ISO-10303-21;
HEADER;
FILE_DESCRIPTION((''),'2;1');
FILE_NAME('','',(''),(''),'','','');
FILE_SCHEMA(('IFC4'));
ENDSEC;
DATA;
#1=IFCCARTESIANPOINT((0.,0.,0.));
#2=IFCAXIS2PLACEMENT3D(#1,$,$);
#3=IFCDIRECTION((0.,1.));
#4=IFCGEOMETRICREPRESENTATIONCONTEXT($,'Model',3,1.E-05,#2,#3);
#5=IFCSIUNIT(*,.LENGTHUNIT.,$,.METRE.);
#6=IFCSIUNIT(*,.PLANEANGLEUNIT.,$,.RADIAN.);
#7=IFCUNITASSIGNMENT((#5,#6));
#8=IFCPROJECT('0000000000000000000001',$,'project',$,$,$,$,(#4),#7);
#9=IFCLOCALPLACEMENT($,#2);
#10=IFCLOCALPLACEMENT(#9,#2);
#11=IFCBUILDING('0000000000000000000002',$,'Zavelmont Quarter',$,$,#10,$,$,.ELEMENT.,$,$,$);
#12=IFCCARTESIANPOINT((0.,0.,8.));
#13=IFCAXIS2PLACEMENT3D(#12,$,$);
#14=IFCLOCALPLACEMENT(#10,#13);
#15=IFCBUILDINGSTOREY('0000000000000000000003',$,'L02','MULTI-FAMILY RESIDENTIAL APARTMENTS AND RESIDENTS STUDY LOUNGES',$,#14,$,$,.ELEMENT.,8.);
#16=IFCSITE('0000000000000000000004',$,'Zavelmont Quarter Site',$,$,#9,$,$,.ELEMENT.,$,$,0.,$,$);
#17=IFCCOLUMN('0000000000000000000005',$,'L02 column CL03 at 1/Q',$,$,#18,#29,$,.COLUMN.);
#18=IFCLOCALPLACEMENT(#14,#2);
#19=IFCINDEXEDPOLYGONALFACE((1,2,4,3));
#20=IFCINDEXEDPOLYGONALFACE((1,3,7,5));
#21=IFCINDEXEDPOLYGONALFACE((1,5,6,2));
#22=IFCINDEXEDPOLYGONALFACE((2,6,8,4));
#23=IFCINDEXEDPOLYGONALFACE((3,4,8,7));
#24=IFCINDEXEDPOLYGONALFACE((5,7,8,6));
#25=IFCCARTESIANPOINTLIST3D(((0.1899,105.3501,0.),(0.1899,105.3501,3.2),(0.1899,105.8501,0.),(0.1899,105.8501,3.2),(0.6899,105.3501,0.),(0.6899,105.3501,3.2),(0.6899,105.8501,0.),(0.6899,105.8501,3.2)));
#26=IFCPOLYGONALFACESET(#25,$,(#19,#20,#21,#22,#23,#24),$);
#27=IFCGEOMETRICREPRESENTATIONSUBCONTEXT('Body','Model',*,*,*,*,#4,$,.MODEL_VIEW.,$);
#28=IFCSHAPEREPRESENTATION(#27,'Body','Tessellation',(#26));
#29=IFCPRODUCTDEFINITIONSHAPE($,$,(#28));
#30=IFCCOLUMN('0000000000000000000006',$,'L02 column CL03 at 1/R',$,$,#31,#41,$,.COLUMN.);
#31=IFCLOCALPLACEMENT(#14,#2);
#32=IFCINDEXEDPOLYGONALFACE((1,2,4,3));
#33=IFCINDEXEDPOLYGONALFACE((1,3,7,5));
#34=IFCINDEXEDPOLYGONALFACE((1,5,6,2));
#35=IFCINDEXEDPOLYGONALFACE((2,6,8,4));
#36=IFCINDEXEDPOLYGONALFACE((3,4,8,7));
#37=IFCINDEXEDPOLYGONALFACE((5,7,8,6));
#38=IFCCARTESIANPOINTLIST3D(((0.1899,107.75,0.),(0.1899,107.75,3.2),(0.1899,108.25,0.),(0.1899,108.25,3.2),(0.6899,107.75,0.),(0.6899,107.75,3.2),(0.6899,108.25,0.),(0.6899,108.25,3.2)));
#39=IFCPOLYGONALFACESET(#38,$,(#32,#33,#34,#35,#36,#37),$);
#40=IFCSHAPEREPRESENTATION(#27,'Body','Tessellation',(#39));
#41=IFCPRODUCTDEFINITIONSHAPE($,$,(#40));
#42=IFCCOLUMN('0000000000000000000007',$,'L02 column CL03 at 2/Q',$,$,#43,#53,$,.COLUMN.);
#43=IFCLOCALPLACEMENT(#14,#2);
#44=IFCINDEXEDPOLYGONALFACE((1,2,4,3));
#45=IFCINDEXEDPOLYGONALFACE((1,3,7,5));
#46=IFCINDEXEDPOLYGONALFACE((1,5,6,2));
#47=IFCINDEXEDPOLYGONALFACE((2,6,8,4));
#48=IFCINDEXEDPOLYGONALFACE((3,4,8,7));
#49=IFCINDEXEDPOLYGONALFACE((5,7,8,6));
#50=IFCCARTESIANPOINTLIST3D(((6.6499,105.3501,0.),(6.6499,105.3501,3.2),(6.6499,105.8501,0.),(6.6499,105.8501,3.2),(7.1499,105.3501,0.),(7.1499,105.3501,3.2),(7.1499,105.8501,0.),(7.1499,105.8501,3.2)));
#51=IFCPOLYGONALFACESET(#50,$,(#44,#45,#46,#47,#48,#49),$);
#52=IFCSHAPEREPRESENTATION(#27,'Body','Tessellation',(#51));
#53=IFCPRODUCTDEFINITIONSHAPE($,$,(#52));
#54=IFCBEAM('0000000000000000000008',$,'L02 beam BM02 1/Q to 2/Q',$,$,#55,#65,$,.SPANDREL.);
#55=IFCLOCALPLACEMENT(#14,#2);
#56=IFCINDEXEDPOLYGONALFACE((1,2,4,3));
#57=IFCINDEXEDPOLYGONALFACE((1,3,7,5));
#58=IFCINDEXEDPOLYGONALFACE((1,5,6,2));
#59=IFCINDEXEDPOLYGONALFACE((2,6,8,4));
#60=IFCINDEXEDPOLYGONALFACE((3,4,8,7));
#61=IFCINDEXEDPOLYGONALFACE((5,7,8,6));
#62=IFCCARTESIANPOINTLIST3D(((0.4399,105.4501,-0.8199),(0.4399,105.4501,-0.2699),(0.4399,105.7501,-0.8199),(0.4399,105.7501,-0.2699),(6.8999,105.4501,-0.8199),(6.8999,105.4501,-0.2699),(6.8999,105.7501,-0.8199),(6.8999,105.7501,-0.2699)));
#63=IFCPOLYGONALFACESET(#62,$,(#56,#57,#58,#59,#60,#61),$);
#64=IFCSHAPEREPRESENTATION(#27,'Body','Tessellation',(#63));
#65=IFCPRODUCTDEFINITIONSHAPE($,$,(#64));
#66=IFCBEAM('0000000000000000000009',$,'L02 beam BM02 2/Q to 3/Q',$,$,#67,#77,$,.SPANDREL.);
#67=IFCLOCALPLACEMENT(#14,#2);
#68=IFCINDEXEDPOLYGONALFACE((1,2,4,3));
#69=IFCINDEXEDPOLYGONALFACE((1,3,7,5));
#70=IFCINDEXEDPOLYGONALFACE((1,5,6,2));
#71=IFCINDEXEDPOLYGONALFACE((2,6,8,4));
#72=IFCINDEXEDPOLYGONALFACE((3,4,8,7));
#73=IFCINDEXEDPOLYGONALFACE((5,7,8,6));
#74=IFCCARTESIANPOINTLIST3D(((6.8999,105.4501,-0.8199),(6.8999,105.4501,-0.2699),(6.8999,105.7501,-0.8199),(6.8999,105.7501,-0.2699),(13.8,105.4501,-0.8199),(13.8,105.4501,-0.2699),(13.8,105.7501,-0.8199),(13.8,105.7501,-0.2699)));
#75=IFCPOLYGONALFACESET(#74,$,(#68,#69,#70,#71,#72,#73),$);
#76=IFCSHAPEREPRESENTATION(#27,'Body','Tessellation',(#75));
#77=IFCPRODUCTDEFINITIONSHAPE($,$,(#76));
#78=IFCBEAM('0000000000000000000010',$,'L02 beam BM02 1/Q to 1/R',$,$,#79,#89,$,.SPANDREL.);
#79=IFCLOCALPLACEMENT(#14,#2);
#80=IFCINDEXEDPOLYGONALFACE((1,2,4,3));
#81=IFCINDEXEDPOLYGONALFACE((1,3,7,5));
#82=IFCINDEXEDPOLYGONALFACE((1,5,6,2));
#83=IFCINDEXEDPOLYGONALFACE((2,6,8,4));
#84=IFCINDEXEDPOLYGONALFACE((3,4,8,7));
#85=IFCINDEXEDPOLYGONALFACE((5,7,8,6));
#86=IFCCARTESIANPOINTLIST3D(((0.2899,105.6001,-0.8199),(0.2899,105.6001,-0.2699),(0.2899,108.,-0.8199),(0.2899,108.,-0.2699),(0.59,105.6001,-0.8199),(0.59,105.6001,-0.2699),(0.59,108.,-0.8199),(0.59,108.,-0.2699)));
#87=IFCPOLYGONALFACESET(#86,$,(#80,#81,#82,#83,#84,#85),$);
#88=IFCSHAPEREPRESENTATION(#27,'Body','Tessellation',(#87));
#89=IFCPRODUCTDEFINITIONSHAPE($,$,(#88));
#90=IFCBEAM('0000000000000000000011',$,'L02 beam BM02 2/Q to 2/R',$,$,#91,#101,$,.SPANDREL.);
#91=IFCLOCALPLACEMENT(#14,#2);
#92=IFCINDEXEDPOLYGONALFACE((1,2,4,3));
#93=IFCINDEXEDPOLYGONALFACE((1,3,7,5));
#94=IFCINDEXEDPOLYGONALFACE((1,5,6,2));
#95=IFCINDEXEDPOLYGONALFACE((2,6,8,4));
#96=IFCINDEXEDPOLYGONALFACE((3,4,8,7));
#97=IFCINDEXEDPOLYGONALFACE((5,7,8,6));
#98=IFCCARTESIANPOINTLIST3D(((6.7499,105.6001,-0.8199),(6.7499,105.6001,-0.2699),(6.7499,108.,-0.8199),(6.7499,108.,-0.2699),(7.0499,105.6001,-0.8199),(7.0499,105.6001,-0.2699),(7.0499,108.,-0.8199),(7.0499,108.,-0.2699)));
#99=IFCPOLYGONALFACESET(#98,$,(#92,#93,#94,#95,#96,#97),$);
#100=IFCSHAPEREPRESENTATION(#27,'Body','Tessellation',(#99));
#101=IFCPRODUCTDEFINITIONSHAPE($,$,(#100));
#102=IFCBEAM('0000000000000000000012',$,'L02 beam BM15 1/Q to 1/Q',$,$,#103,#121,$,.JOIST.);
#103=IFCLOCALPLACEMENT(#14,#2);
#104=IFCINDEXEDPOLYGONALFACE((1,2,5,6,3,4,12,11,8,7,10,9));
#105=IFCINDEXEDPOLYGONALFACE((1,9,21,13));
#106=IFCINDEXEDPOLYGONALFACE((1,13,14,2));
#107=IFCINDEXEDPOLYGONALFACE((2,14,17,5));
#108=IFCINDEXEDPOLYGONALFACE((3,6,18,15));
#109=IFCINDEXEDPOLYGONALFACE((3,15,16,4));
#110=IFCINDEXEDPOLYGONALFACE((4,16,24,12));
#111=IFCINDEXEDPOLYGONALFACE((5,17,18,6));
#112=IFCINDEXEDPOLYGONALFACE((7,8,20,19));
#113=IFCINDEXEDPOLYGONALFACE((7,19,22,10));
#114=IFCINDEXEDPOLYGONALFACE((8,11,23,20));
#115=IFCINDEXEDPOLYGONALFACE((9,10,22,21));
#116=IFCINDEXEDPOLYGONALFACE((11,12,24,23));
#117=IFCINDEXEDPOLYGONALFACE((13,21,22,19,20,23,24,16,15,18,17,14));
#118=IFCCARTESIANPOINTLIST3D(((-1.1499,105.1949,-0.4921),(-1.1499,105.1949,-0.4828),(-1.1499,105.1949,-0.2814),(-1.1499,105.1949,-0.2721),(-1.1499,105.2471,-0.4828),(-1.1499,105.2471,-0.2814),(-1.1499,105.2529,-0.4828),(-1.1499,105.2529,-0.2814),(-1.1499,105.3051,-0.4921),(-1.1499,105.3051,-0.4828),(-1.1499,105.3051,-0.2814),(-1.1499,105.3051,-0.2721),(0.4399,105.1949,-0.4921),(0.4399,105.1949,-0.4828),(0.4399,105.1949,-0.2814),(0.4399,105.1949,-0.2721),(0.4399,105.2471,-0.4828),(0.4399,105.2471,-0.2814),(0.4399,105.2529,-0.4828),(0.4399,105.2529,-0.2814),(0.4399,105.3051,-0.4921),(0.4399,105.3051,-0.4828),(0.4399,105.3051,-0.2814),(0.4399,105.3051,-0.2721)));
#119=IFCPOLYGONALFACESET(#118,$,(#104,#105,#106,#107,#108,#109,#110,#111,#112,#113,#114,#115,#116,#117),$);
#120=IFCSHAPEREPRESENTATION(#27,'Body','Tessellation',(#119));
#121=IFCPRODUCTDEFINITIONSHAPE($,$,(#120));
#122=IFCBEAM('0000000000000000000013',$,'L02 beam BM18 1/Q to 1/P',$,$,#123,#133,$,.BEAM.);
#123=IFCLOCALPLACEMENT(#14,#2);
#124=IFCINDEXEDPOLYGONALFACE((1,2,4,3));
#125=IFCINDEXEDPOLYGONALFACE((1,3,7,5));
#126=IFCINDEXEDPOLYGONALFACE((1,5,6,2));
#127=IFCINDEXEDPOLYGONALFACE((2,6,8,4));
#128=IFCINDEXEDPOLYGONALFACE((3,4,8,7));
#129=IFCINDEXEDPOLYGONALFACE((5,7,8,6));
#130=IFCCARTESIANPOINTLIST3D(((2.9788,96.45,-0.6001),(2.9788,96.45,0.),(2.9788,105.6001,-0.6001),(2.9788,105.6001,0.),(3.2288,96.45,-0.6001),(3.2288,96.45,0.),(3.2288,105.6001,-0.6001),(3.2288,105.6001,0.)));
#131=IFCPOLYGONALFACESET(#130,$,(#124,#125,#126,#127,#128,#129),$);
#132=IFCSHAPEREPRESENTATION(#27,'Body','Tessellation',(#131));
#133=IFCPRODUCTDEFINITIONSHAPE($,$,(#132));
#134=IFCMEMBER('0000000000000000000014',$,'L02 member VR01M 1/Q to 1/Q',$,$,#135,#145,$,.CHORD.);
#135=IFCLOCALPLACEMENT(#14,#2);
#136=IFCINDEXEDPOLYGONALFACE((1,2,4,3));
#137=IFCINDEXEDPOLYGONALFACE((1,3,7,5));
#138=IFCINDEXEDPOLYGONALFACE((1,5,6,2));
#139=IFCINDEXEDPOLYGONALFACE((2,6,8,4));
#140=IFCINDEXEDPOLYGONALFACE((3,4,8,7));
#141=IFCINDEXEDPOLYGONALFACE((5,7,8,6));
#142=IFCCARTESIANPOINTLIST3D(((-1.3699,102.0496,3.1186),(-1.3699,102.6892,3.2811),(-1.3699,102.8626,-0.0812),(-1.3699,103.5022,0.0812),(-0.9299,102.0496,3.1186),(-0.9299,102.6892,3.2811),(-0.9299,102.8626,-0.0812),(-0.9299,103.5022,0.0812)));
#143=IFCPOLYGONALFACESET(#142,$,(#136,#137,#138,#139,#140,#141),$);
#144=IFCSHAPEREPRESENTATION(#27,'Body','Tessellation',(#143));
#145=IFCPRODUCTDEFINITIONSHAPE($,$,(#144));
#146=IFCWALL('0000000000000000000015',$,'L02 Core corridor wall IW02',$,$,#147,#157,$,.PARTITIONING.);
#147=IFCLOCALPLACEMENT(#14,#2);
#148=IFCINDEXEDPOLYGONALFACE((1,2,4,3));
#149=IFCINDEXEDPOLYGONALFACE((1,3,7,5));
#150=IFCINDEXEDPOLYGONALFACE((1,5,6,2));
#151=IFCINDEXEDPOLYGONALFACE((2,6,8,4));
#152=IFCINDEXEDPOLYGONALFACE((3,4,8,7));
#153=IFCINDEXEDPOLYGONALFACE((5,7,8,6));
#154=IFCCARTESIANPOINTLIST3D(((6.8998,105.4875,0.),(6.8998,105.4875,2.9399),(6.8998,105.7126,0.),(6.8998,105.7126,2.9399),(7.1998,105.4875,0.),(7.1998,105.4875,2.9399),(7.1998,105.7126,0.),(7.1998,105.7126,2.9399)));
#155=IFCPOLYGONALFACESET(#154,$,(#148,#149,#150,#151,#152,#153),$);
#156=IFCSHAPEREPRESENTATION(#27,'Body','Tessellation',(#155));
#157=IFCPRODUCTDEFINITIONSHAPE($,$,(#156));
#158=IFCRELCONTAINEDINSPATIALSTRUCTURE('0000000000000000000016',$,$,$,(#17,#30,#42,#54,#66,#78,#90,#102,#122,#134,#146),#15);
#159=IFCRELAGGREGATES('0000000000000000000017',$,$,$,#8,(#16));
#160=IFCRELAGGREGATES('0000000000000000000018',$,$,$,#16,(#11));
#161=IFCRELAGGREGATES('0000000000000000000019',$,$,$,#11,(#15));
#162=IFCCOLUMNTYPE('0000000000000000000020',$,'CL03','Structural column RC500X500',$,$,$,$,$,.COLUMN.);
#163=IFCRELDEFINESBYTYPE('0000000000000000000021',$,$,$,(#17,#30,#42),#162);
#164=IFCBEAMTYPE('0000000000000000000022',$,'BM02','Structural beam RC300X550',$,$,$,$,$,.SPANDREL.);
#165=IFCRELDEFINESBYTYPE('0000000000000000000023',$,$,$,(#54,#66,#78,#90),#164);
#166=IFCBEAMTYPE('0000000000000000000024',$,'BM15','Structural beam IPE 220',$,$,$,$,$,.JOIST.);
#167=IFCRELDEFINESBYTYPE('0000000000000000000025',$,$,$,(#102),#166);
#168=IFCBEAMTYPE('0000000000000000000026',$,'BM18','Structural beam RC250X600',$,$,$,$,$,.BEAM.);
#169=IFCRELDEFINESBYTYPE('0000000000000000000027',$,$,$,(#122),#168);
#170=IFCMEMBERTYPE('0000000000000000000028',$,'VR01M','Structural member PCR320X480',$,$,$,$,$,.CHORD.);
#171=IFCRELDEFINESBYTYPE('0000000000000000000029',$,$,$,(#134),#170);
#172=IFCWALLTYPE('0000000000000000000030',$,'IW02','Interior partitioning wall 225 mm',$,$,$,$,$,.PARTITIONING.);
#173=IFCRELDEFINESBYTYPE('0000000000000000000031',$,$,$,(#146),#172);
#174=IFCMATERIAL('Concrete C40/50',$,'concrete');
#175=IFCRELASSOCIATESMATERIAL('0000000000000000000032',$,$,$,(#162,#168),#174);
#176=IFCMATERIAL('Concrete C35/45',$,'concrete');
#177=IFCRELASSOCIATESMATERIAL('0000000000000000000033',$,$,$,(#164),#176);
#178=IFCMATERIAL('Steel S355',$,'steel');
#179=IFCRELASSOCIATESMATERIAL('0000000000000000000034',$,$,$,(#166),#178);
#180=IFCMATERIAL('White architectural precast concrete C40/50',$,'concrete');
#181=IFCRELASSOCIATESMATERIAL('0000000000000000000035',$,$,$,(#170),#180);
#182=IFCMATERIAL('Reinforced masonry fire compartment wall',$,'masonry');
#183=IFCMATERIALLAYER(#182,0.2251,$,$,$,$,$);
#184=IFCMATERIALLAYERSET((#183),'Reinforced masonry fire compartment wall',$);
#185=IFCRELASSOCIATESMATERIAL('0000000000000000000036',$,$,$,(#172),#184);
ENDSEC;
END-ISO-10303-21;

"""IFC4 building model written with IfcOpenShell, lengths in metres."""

from ifc_helpers import new_model, si_unit, direction, frame, frame_2d, origin, origin_2d, place, context, subcontext, project, spatial, rectangle, i_section, extrude, material, layer, layer_set, material_profile, profile_set, type_object, element, save


model = new_model("IFC4")

# Units and contexts
model_context = context("Model", 3, precision=1e-05, world=origin(), true_north=direction((0.0, 1.0)))
body_context = subcontext(model_context, "Body", "Model", "MODEL_VIEW")
ifc_project = project(units=[si_unit("LENGTHUNIT", "METRE"), si_unit("PLANEANGLEUNIT", "RADIAN")], contexts=[model_context])

# Site, building, storey
site_placement = place(None, origin())
site = spatial("IfcSite", under=ifc_project, at=site_placement, Name="Zavelmont Quarter Site", CompositionType="ELEMENT", RefElevation=0.0)
building_placement = place(site_placement, origin())
building = spatial("IfcBuilding", under=site, at=building_placement, Name="Zavelmont Quarter", CompositionType="ELEMENT")
storey_placement = place(building_placement, frame((0.0, 0.0, 8.0)))
storey = spatial("IfcBuildingStorey", under=building, at=storey_placement, Name="L02", Description="MULTI-FAMILY RESIDENTIAL APARTMENTS AND RESIDENTS STUDY LOUNGES", CompositionType="ELEMENT", Elevation=8.0)

# Columns
ifc_material_1 = material(Name="Concrete C40/50", Category="concrete")
ifc_material_profile_1 = material_profile(ifc_material_1, rectangle(XDim=0.5, YDim=0.5, at=origin_2d()), Name="RC500X500")
ifc_profile_set_1 = profile_set([ifc_material_profile_1], Name="Concrete C40/50")
column_type = type_object("IfcColumnType", Name="CL03", Description="Structural column RC500X500", PredefinedType="COLUMN", material=ifc_profile_set_1)
for number, where, z_axis, x_axis, name in (
    (1, (0.4399, 105.6001, 0.0), (0.0, 0.0, 1.0), (1.0, 0.0, 0.0), "L02 column CL03 at 1/Q"),
    (2, (0.4399, 108.0, 0.0), (0.0, 0.0, 1.0), (1.0, 0.0, 0.0), "L02 column CL03 at 1/R"),
    (3, (6.8999, 105.6001, 0.0), (0.0, 0.0, 1.0), (1.0, 0.0, 0.0), "L02 column CL03 at 2/Q"),
):
    element("IfcColumn", number, at=place(storey_placement, frame(where, z_axis=z_axis, x_axis=x_axis)), inside=storey, type_object=column_type, Name=name, PredefinedType="COLUMN", context=body_context, shape_type="SweptSolid", body=[
        extrude(rectangle(XDim=0.5, YDim=0.5, at=origin_2d()), origin(), (0.0, 0.0, 1.0), 3.2),
    ])

# Beams
ifc_material_2 = material(Name="Concrete C35/45", Category="concrete")
ifc_material_profile_2 = material_profile(ifc_material_2, rectangle(XDim=0.3, YDim=0.55, at=origin_2d()), Name="RC300X550")
ifc_profile_set_2 = profile_set([ifc_material_profile_2], Name="Concrete C35/45")
beam_type_1 = type_object("IfcBeamType", Name="BM02", Description="Structural beam RC300X550", PredefinedType="SPANDREL", material=ifc_profile_set_2)
beam_1_placement = place(storey_placement, frame((0.4399, 105.6001, -0.5449), z_axis=(1.0, 0.0, 0.0), x_axis=(0.0, 1.0, 0.0)))
element("IfcBeam", 4, at=beam_1_placement, inside=storey, type_object=beam_type_1, Name="L02 beam BM02 1/Q to 2/Q", PredefinedType="SPANDREL", context=body_context, shape_type="SweptSolid", body=[
    extrude(rectangle(XDim=0.3, YDim=0.55, at=origin_2d()), origin(), (0.0, 0.0, 1.0), 6.46),
])
beam_2_placement = place(storey_placement, frame((6.8999, 105.6001, -0.5449), z_axis=(1.0, 0.0, 0.0), x_axis=(0.0, 1.0, 0.0)))
element("IfcBeam", 5, at=beam_2_placement, inside=storey, type_object=beam_type_1, Name="L02 beam BM02 2/Q to 3/Q", PredefinedType="SPANDREL", context=body_context, shape_type="SweptSolid", body=[
    extrude(rectangle(XDim=0.3, YDim=0.55, at=origin_2d()), origin(), (0.0, 0.0, 1.0), 6.9001),
])
for number, where, z_axis, x_axis, name in (
    (6, (0.4399, 105.6001, -0.5449), (0.0, 1.0, 0.0), (-1.0, 0.0, 0.0), "L02 beam BM02 1/Q to 1/R"),
    (7, (6.8999, 105.6001, -0.5449), (0.0, 1.0, 0.0), (-1.0, 0.0, 0.0), "L02 beam BM02 2/Q to 2/R"),
):
    element("IfcBeam", number, at=place(storey_placement, frame(where, z_axis=z_axis, x_axis=x_axis)), inside=storey, type_object=beam_type_1, Name=name, PredefinedType="SPANDREL", context=body_context, shape_type="SweptSolid", body=[
        extrude(rectangle(XDim=0.3, YDim=0.55, at=origin_2d()), origin(), (0.0, 0.0, 1.0), 2.3999),
    ])
ifc_material_3 = material(Name="Steel S355", Category="steel")
ifc_material_profile_3 = material_profile(ifc_material_3, i_section(OverallWidth=0.1101, OverallDepth=0.22, WebThickness=0.0059, FlangeThickness=0.0093, at=origin_2d()), Name="IPE 220")
ifc_profile_set_3 = profile_set([ifc_material_profile_3], Name="Steel S355")
beam_type_2 = type_object("IfcBeamType", Name="BM15", Description="Structural beam IPE 220", PredefinedType="JOIST", material=ifc_profile_set_3)
beam_3_placement = place(storey_placement, frame((0.4399, 105.25, -0.3821), z_axis=(-1.0, 0.0, 0.0), x_axis=(0.0, -1.0, 0.0)))
element("IfcBeam", 8, at=beam_3_placement, inside=storey, type_object=beam_type_2, Name="L02 beam BM15 1/Q to 1/Q", PredefinedType="JOIST", context=body_context, shape_type="SweptSolid", body=[
    extrude(i_section(OverallWidth=0.1101, OverallDepth=0.22, WebThickness=0.0059, FlangeThickness=0.0093, at=origin_2d()), origin(), (0.0, 0.0, 1.0), 1.5898),
])
ifc_material_profile_4 = material_profile(ifc_material_1, rectangle(XDim=0.25, YDim=0.6001, at=origin_2d()), Name="RC250X600")
ifc_profile_set_4 = profile_set([ifc_material_profile_4], Name="Concrete C40/50")
beam_type_3 = type_object("IfcBeamType", Name="BM18", Description="Structural beam RC250X600", PredefinedType="BEAM", material=ifc_profile_set_4)
beam_4_placement = place(storey_placement, frame((3.1038, 105.6001, -0.3), z_axis=(0.0, -1.0, 0.0), x_axis=(1.0, 0.0, 0.0)))
element("IfcBeam", 9, at=beam_4_placement, inside=storey, type_object=beam_type_3, Name="L02 beam BM18 1/Q to 1/P", PredefinedType="BEAM", context=body_context, shape_type="SweptSolid", body=[
    extrude(rectangle(XDim=0.25, YDim=0.6001, at=origin_2d()), origin(), (0.0, 0.0, 1.0), 9.1501),
])

# Member
ifc_material_4 = material(Name="White architectural precast concrete C40/50", Category="concrete")
ifc_material_profile_5 = material_profile(ifc_material_4, rectangle(XDim=0.4399, YDim=0.6599, at=origin_2d()), Name="PCR320X480")
ifc_profile_set_5 = profile_set([ifc_material_profile_5], Name="White architectural precast concrete C40/50")
member_type = type_object("IfcMemberType", Name="VR01M", Description="Structural member PCR320X480", PredefinedType="CHORD", material=ifc_profile_set_5)
member_placement = place(storey_placement, frame((-1.1499, 103.1824, 0.0), z_axis=(0.0, -0.24624, 0.969209), x_axis=(1.0, 0.0, 0.0)))
element("IfcMember", 10, at=member_placement, inside=storey, type_object=member_type, Name="L02 member VR01M 1/Q to 1/Q", PredefinedType="CHORD", context=body_context, shape_type="SweptSolid", body=[
    extrude(rectangle(XDim=0.4399, YDim=0.6599, at=origin_2d()), origin(), (0.0, 0.0, 1.0), 3.3015),
])

# Wall
ifc_material_5 = material(Name="Reinforced masonry fire compartment wall", Category="masonry")
ifc_layer_1 = layer(ifc_material_5, 0.2251)
ifc_layer_set_1 = layer_set([ifc_layer_1], Name="Reinforced masonry fire compartment wall")
wall_type_1 = type_object("IfcWallType", Name="IW02", Description="Interior partitioning wall 225 mm", PredefinedType="PARTITIONING", material=ifc_layer_set_1)
wall_1_placement = place(storey_placement, frame((6.8999, 105.6001, 0.0), z_axis=(0.0, 0.0, 1.0), x_axis=(1.0, 0.0, 0.0)))
element("IfcWall", 11, at=wall_1_placement, inside=storey, type_object=wall_type_1, Name="L02 Core corridor wall IW02", PredefinedType="PARTITIONING", context=body_context, shape_type="SweptSolid", body=[
    extrude(rectangle(XDim=0.3, YDim=0.2251, at=frame_2d((0.1499, 0.0))), origin(), (0.0, 0.0, 1.0), 2.9399),
])

save(model, "model.ifc")
